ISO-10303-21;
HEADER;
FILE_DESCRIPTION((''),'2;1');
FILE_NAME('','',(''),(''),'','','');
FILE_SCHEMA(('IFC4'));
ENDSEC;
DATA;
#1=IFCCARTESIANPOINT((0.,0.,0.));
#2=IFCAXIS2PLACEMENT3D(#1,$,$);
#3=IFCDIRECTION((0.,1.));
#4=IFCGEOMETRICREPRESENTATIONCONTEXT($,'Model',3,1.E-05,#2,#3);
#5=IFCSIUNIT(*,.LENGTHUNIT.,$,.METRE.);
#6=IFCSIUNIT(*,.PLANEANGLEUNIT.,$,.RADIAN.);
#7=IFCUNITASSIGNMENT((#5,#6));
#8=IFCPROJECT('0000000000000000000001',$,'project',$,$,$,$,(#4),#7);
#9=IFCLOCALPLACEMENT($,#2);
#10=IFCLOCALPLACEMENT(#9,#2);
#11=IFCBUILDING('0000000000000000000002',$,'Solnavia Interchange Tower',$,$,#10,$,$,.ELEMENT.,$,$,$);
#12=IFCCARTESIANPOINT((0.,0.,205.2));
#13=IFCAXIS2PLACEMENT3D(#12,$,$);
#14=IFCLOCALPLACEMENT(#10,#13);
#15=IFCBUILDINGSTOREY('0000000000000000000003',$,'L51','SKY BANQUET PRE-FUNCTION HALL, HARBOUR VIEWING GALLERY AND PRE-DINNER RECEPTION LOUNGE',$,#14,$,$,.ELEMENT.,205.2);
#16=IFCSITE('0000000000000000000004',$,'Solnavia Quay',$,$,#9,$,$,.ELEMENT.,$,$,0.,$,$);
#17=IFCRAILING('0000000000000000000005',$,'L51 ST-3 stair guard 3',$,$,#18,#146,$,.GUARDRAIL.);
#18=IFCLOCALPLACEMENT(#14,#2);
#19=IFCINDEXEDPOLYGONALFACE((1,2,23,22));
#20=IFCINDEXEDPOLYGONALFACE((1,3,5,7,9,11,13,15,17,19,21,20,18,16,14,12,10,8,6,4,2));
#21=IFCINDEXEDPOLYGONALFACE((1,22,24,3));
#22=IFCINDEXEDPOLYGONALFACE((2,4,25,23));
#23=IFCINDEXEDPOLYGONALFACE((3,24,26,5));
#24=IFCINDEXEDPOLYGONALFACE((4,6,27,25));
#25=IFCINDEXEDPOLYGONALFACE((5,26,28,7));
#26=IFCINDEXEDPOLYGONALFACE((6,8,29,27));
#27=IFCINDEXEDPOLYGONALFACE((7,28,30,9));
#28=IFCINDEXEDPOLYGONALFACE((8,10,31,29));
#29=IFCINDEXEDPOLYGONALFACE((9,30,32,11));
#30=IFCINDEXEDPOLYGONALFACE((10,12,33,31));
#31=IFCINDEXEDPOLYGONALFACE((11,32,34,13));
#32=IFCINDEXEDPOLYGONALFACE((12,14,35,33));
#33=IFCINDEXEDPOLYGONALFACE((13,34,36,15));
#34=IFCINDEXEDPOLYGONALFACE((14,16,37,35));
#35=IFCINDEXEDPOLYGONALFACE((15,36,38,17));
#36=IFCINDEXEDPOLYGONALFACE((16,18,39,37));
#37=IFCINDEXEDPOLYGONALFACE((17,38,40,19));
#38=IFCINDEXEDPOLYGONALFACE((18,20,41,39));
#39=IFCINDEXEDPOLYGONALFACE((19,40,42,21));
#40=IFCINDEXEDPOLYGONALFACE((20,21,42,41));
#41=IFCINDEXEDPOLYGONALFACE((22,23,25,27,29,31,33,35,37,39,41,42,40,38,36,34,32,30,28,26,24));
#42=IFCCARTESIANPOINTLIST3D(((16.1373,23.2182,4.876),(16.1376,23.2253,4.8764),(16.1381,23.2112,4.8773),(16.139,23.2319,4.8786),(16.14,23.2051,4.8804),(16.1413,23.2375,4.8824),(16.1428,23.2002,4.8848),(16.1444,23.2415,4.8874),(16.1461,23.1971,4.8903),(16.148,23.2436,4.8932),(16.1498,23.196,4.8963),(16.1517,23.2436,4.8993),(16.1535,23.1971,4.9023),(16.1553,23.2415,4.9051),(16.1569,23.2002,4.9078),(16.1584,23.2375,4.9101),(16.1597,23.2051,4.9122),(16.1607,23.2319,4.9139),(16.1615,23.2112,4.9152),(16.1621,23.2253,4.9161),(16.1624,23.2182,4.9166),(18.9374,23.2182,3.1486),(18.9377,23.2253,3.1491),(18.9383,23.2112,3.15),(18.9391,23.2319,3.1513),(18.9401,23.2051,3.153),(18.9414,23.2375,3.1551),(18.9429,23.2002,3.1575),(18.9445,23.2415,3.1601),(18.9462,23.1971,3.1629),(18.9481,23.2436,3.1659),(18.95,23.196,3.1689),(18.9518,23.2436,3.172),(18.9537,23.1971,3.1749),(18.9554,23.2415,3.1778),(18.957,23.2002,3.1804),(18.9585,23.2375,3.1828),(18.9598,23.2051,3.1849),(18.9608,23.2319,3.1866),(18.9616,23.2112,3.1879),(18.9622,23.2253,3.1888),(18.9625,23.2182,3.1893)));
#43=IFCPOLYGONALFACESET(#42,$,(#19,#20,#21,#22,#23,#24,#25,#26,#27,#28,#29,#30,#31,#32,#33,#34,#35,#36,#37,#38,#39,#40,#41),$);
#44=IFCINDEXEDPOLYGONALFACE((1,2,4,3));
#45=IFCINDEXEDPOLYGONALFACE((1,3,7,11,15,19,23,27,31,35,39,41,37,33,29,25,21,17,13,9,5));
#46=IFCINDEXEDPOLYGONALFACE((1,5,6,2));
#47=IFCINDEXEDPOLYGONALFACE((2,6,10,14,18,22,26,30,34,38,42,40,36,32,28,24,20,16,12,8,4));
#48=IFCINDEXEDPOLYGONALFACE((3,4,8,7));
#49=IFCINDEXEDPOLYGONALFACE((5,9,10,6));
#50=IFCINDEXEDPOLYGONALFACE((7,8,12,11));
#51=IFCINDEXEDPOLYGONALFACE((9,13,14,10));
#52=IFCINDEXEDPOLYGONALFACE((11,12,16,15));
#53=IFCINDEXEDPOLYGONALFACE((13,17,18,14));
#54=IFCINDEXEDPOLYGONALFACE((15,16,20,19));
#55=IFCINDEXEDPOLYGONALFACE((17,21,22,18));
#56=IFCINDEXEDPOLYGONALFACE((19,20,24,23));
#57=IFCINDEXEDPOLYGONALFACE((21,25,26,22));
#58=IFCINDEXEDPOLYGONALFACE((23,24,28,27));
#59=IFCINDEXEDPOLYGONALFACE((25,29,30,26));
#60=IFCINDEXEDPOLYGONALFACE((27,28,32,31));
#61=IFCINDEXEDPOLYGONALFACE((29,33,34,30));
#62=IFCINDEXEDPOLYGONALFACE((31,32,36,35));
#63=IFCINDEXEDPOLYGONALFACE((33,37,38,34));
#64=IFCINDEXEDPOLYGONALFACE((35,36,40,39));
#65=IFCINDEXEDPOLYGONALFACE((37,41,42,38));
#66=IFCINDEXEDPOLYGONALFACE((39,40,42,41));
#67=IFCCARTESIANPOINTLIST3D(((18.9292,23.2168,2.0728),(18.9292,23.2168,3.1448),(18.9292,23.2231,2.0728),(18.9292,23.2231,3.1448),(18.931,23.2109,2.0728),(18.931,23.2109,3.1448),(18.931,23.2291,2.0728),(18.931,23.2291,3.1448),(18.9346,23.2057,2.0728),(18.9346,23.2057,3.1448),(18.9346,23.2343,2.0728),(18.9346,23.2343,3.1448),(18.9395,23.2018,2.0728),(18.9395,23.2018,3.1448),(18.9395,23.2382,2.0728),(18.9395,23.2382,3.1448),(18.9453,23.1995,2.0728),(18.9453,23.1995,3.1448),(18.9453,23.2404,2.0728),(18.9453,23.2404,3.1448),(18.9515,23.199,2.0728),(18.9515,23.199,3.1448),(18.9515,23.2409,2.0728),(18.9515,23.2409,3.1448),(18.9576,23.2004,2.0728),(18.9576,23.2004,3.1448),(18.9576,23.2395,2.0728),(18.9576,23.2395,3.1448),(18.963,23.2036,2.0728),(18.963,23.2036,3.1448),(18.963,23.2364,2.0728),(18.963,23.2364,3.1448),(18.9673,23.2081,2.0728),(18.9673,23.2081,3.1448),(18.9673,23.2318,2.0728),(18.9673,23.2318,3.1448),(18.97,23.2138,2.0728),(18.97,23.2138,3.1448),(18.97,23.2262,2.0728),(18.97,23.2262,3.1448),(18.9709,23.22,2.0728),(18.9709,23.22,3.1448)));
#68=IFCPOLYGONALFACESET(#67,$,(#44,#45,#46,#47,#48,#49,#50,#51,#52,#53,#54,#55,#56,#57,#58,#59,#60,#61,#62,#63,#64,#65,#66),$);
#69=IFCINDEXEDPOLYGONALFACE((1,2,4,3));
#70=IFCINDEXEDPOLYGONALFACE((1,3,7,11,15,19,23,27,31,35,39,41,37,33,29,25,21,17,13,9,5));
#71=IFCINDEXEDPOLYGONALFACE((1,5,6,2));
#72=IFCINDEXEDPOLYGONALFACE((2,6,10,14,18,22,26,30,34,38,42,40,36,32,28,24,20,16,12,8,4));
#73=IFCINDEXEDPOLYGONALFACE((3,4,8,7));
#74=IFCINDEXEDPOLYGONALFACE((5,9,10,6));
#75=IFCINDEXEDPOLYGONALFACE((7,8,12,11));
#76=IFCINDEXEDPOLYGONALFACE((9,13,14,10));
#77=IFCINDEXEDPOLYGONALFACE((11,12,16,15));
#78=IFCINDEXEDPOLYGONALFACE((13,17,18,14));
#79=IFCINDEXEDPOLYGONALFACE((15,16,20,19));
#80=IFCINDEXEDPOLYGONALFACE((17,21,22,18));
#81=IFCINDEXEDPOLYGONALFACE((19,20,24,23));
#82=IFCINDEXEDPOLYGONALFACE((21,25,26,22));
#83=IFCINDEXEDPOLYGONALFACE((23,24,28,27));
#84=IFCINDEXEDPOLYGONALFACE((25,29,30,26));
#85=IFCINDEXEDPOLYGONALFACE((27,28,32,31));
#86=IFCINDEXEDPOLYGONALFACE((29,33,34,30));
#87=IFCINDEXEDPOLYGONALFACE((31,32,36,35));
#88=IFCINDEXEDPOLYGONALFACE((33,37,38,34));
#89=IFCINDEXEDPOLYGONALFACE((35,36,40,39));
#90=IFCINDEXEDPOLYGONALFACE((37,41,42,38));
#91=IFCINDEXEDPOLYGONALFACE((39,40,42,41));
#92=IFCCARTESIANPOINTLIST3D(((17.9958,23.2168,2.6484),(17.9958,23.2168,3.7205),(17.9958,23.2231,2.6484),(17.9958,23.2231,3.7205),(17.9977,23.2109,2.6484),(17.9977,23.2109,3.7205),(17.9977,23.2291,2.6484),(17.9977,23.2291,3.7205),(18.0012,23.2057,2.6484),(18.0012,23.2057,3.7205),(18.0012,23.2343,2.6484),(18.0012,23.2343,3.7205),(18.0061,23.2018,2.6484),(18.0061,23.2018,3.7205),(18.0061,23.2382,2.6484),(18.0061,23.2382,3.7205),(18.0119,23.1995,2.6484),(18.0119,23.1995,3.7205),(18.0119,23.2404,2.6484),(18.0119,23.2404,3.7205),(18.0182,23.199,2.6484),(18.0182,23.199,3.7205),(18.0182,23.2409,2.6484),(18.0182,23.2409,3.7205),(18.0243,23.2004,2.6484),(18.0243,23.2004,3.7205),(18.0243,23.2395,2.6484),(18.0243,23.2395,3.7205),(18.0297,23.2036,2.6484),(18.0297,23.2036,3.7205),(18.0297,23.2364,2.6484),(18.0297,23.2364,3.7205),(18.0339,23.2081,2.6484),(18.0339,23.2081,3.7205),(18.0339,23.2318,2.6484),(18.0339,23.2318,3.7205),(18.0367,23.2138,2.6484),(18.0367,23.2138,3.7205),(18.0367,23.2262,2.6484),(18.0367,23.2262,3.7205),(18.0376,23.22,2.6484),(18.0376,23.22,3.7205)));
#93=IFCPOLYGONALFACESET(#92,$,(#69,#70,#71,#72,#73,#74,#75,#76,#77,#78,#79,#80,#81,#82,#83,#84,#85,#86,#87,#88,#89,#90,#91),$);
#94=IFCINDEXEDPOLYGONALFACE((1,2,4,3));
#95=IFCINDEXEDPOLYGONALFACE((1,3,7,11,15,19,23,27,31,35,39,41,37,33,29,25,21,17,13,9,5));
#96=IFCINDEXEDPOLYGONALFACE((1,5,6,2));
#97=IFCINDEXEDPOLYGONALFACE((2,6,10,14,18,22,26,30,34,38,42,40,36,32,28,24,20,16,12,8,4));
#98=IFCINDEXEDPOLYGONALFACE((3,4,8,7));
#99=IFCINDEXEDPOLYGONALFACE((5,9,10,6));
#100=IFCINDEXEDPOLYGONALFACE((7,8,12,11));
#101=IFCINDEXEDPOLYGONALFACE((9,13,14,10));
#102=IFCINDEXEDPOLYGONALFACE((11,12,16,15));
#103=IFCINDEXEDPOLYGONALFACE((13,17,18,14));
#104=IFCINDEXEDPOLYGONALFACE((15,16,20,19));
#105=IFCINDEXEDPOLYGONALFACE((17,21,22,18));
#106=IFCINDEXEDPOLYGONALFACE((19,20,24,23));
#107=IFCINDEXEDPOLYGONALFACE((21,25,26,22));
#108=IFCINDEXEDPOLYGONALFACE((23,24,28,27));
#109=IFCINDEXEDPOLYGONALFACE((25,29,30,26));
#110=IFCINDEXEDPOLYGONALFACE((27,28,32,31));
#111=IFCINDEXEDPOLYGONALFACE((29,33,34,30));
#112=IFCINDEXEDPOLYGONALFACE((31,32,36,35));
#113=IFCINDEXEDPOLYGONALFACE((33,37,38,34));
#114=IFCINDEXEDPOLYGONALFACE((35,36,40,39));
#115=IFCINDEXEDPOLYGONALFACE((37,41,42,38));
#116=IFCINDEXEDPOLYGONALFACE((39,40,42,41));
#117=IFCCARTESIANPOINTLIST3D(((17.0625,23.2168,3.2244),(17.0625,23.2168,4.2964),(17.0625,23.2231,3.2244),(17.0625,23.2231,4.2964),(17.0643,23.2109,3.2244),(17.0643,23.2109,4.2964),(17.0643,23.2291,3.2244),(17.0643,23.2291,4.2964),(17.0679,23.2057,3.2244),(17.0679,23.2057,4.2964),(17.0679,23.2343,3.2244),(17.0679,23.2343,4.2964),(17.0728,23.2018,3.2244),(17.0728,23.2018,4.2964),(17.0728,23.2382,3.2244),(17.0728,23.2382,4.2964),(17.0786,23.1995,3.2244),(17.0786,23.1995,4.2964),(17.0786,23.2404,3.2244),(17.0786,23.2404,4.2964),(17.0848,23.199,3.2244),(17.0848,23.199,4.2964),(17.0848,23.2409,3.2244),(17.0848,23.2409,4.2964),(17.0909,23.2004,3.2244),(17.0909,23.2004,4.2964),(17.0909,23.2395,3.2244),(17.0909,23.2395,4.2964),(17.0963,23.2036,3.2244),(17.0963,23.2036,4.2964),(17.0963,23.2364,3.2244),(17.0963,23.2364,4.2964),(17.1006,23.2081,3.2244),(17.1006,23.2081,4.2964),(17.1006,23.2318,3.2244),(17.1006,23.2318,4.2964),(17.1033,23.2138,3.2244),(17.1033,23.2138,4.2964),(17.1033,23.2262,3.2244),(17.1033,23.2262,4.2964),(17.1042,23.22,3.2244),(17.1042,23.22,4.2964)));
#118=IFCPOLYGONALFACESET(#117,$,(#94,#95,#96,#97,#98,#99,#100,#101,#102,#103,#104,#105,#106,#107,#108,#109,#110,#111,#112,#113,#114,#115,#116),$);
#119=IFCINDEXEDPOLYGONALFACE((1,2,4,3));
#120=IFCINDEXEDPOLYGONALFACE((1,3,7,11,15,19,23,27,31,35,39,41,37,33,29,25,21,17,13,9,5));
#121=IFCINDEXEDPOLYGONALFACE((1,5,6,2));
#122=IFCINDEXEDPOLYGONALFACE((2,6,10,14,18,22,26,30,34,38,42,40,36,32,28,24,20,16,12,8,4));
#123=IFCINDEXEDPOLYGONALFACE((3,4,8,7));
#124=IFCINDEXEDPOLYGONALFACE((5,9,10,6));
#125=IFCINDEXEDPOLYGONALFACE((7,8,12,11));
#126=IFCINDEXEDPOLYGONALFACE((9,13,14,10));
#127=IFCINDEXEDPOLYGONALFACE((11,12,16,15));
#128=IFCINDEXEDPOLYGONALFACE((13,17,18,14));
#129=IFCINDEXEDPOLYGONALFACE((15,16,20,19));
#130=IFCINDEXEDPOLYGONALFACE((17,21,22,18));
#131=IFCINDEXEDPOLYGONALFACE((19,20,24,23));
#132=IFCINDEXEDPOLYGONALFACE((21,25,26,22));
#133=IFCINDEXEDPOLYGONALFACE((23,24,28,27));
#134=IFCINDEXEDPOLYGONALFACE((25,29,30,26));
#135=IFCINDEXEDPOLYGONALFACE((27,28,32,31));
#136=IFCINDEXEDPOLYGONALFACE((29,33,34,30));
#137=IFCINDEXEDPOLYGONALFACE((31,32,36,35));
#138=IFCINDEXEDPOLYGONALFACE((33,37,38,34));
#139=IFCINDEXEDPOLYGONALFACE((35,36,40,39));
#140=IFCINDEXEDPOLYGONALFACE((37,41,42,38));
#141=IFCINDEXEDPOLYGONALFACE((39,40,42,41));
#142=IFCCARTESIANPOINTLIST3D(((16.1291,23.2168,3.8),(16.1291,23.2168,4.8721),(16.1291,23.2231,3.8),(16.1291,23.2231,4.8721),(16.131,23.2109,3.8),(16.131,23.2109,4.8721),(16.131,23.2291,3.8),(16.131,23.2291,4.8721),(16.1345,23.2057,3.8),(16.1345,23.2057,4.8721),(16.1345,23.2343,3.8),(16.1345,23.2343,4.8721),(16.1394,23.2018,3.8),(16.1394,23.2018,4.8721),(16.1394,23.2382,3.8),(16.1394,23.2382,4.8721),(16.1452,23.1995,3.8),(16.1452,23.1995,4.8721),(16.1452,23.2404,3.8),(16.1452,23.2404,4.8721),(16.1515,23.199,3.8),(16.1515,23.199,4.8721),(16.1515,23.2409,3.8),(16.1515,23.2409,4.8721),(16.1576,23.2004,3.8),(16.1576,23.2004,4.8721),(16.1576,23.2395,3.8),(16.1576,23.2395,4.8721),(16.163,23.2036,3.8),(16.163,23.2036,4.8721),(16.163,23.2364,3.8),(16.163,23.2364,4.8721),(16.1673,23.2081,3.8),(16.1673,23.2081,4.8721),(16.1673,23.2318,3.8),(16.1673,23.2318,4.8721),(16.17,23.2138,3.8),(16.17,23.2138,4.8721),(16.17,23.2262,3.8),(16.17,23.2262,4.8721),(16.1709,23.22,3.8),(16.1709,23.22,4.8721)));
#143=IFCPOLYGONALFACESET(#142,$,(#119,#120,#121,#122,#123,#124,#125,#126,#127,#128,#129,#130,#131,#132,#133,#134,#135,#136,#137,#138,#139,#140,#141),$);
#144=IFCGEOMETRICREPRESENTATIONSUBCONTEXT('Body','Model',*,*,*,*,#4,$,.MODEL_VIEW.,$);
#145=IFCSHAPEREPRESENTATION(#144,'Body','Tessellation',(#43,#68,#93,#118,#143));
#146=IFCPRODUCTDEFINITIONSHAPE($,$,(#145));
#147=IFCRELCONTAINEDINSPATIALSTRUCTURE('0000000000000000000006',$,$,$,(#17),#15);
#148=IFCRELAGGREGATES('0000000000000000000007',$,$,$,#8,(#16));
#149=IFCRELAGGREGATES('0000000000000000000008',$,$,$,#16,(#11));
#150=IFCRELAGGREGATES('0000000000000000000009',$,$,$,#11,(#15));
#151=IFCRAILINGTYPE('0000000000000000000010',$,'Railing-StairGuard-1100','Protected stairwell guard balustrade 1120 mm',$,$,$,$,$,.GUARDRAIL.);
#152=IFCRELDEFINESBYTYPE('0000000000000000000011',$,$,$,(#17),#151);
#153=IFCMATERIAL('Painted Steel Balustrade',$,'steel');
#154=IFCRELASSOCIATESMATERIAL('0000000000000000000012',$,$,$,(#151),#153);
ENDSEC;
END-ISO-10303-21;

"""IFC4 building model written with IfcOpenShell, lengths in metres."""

from ifc_helpers import new_model, si_unit, direction, frame, origin, origin_2d, place, context, subcontext, project, spatial, circle, extrude, material, type_object, element, save


model = new_model("IFC4")

# Units and contexts
model_context = context("Model", 3, precision=1e-05, world=origin(), true_north=direction((0.0, 1.0)))
body_context = subcontext(model_context, "Body", "Model", "MODEL_VIEW")
ifc_project = project(units=[si_unit("LENGTHUNIT", "METRE"), si_unit("PLANEANGLEUNIT", "RADIAN")], contexts=[model_context])

# Site, building, storey
site_placement = place(None, origin())
site = spatial("IfcSite", under=ifc_project, at=site_placement, Name="Solnavia Quay", CompositionType="ELEMENT", RefElevation=0.0)
building_placement = place(site_placement, origin())
building = spatial("IfcBuilding", under=site, at=building_placement, Name="Solnavia Interchange Tower", CompositionType="ELEMENT")
storey_placement = place(building_placement, frame((0.0, 0.0, 205.2)))
storey = spatial("IfcBuildingStorey", under=building, at=storey_placement, Name="L51", Description="SKY BANQUET PRE-FUNCTION HALL, HARBOUR VIEWING GALLERY AND PRE-DINNER RECEPTION LOUNGE", CompositionType="ELEMENT", Elevation=205.2)

# Railing
ifc_material_1 = material(Name="Painted Steel Balustrade", Category="steel")
railing_type_1 = type_object("IfcRailingType", Name="Railing-StairGuard-1100", Description="Protected stairwell guard balustrade 1120 mm", PredefinedType="GUARDRAIL", material=ifc_material_1)
railing_1_placement = place(storey_placement, frame((18.95, 23.22, 2.0728)))
element("IfcRailing", 1, at=railing_1_placement, inside=storey, type_object=railing_type_1, Name="L51 ST-3 stair guard 3", PredefinedType="GUARDRAIL", context=body_context, shape_type="SweptSolid", body=[
    extrude(circle(Radius=0.0239, at=origin_2d()), frame((0.0, 0.0, 1.0962), z_axis=(-0.85109, 0.0, 0.52502), x_axis=(0.0, -1.0, 0.0)), (0.0, 0.0, 1.0), 3.29),
    extrude(circle(Radius=0.021, at=origin_2d()), origin(), (0.0, 0.0, 1.0), 1.072),
    extrude(circle(Radius=0.021, at=origin_2d()), frame((-0.9333, 0.0, 0.5757)), (0.0, 0.0, 1.0), 1.072),
    extrude(circle(Radius=0.021, at=origin_2d()), frame((-1.8667, 0.0, 1.1516)), (0.0, 0.0, 1.0), 1.072),
    extrude(circle(Radius=0.021, at=origin_2d()), frame((-2.8, 0.0, 1.7273)), (0.0, 0.0, 1.0), 1.072),
])

save(model, "model.ifc")
